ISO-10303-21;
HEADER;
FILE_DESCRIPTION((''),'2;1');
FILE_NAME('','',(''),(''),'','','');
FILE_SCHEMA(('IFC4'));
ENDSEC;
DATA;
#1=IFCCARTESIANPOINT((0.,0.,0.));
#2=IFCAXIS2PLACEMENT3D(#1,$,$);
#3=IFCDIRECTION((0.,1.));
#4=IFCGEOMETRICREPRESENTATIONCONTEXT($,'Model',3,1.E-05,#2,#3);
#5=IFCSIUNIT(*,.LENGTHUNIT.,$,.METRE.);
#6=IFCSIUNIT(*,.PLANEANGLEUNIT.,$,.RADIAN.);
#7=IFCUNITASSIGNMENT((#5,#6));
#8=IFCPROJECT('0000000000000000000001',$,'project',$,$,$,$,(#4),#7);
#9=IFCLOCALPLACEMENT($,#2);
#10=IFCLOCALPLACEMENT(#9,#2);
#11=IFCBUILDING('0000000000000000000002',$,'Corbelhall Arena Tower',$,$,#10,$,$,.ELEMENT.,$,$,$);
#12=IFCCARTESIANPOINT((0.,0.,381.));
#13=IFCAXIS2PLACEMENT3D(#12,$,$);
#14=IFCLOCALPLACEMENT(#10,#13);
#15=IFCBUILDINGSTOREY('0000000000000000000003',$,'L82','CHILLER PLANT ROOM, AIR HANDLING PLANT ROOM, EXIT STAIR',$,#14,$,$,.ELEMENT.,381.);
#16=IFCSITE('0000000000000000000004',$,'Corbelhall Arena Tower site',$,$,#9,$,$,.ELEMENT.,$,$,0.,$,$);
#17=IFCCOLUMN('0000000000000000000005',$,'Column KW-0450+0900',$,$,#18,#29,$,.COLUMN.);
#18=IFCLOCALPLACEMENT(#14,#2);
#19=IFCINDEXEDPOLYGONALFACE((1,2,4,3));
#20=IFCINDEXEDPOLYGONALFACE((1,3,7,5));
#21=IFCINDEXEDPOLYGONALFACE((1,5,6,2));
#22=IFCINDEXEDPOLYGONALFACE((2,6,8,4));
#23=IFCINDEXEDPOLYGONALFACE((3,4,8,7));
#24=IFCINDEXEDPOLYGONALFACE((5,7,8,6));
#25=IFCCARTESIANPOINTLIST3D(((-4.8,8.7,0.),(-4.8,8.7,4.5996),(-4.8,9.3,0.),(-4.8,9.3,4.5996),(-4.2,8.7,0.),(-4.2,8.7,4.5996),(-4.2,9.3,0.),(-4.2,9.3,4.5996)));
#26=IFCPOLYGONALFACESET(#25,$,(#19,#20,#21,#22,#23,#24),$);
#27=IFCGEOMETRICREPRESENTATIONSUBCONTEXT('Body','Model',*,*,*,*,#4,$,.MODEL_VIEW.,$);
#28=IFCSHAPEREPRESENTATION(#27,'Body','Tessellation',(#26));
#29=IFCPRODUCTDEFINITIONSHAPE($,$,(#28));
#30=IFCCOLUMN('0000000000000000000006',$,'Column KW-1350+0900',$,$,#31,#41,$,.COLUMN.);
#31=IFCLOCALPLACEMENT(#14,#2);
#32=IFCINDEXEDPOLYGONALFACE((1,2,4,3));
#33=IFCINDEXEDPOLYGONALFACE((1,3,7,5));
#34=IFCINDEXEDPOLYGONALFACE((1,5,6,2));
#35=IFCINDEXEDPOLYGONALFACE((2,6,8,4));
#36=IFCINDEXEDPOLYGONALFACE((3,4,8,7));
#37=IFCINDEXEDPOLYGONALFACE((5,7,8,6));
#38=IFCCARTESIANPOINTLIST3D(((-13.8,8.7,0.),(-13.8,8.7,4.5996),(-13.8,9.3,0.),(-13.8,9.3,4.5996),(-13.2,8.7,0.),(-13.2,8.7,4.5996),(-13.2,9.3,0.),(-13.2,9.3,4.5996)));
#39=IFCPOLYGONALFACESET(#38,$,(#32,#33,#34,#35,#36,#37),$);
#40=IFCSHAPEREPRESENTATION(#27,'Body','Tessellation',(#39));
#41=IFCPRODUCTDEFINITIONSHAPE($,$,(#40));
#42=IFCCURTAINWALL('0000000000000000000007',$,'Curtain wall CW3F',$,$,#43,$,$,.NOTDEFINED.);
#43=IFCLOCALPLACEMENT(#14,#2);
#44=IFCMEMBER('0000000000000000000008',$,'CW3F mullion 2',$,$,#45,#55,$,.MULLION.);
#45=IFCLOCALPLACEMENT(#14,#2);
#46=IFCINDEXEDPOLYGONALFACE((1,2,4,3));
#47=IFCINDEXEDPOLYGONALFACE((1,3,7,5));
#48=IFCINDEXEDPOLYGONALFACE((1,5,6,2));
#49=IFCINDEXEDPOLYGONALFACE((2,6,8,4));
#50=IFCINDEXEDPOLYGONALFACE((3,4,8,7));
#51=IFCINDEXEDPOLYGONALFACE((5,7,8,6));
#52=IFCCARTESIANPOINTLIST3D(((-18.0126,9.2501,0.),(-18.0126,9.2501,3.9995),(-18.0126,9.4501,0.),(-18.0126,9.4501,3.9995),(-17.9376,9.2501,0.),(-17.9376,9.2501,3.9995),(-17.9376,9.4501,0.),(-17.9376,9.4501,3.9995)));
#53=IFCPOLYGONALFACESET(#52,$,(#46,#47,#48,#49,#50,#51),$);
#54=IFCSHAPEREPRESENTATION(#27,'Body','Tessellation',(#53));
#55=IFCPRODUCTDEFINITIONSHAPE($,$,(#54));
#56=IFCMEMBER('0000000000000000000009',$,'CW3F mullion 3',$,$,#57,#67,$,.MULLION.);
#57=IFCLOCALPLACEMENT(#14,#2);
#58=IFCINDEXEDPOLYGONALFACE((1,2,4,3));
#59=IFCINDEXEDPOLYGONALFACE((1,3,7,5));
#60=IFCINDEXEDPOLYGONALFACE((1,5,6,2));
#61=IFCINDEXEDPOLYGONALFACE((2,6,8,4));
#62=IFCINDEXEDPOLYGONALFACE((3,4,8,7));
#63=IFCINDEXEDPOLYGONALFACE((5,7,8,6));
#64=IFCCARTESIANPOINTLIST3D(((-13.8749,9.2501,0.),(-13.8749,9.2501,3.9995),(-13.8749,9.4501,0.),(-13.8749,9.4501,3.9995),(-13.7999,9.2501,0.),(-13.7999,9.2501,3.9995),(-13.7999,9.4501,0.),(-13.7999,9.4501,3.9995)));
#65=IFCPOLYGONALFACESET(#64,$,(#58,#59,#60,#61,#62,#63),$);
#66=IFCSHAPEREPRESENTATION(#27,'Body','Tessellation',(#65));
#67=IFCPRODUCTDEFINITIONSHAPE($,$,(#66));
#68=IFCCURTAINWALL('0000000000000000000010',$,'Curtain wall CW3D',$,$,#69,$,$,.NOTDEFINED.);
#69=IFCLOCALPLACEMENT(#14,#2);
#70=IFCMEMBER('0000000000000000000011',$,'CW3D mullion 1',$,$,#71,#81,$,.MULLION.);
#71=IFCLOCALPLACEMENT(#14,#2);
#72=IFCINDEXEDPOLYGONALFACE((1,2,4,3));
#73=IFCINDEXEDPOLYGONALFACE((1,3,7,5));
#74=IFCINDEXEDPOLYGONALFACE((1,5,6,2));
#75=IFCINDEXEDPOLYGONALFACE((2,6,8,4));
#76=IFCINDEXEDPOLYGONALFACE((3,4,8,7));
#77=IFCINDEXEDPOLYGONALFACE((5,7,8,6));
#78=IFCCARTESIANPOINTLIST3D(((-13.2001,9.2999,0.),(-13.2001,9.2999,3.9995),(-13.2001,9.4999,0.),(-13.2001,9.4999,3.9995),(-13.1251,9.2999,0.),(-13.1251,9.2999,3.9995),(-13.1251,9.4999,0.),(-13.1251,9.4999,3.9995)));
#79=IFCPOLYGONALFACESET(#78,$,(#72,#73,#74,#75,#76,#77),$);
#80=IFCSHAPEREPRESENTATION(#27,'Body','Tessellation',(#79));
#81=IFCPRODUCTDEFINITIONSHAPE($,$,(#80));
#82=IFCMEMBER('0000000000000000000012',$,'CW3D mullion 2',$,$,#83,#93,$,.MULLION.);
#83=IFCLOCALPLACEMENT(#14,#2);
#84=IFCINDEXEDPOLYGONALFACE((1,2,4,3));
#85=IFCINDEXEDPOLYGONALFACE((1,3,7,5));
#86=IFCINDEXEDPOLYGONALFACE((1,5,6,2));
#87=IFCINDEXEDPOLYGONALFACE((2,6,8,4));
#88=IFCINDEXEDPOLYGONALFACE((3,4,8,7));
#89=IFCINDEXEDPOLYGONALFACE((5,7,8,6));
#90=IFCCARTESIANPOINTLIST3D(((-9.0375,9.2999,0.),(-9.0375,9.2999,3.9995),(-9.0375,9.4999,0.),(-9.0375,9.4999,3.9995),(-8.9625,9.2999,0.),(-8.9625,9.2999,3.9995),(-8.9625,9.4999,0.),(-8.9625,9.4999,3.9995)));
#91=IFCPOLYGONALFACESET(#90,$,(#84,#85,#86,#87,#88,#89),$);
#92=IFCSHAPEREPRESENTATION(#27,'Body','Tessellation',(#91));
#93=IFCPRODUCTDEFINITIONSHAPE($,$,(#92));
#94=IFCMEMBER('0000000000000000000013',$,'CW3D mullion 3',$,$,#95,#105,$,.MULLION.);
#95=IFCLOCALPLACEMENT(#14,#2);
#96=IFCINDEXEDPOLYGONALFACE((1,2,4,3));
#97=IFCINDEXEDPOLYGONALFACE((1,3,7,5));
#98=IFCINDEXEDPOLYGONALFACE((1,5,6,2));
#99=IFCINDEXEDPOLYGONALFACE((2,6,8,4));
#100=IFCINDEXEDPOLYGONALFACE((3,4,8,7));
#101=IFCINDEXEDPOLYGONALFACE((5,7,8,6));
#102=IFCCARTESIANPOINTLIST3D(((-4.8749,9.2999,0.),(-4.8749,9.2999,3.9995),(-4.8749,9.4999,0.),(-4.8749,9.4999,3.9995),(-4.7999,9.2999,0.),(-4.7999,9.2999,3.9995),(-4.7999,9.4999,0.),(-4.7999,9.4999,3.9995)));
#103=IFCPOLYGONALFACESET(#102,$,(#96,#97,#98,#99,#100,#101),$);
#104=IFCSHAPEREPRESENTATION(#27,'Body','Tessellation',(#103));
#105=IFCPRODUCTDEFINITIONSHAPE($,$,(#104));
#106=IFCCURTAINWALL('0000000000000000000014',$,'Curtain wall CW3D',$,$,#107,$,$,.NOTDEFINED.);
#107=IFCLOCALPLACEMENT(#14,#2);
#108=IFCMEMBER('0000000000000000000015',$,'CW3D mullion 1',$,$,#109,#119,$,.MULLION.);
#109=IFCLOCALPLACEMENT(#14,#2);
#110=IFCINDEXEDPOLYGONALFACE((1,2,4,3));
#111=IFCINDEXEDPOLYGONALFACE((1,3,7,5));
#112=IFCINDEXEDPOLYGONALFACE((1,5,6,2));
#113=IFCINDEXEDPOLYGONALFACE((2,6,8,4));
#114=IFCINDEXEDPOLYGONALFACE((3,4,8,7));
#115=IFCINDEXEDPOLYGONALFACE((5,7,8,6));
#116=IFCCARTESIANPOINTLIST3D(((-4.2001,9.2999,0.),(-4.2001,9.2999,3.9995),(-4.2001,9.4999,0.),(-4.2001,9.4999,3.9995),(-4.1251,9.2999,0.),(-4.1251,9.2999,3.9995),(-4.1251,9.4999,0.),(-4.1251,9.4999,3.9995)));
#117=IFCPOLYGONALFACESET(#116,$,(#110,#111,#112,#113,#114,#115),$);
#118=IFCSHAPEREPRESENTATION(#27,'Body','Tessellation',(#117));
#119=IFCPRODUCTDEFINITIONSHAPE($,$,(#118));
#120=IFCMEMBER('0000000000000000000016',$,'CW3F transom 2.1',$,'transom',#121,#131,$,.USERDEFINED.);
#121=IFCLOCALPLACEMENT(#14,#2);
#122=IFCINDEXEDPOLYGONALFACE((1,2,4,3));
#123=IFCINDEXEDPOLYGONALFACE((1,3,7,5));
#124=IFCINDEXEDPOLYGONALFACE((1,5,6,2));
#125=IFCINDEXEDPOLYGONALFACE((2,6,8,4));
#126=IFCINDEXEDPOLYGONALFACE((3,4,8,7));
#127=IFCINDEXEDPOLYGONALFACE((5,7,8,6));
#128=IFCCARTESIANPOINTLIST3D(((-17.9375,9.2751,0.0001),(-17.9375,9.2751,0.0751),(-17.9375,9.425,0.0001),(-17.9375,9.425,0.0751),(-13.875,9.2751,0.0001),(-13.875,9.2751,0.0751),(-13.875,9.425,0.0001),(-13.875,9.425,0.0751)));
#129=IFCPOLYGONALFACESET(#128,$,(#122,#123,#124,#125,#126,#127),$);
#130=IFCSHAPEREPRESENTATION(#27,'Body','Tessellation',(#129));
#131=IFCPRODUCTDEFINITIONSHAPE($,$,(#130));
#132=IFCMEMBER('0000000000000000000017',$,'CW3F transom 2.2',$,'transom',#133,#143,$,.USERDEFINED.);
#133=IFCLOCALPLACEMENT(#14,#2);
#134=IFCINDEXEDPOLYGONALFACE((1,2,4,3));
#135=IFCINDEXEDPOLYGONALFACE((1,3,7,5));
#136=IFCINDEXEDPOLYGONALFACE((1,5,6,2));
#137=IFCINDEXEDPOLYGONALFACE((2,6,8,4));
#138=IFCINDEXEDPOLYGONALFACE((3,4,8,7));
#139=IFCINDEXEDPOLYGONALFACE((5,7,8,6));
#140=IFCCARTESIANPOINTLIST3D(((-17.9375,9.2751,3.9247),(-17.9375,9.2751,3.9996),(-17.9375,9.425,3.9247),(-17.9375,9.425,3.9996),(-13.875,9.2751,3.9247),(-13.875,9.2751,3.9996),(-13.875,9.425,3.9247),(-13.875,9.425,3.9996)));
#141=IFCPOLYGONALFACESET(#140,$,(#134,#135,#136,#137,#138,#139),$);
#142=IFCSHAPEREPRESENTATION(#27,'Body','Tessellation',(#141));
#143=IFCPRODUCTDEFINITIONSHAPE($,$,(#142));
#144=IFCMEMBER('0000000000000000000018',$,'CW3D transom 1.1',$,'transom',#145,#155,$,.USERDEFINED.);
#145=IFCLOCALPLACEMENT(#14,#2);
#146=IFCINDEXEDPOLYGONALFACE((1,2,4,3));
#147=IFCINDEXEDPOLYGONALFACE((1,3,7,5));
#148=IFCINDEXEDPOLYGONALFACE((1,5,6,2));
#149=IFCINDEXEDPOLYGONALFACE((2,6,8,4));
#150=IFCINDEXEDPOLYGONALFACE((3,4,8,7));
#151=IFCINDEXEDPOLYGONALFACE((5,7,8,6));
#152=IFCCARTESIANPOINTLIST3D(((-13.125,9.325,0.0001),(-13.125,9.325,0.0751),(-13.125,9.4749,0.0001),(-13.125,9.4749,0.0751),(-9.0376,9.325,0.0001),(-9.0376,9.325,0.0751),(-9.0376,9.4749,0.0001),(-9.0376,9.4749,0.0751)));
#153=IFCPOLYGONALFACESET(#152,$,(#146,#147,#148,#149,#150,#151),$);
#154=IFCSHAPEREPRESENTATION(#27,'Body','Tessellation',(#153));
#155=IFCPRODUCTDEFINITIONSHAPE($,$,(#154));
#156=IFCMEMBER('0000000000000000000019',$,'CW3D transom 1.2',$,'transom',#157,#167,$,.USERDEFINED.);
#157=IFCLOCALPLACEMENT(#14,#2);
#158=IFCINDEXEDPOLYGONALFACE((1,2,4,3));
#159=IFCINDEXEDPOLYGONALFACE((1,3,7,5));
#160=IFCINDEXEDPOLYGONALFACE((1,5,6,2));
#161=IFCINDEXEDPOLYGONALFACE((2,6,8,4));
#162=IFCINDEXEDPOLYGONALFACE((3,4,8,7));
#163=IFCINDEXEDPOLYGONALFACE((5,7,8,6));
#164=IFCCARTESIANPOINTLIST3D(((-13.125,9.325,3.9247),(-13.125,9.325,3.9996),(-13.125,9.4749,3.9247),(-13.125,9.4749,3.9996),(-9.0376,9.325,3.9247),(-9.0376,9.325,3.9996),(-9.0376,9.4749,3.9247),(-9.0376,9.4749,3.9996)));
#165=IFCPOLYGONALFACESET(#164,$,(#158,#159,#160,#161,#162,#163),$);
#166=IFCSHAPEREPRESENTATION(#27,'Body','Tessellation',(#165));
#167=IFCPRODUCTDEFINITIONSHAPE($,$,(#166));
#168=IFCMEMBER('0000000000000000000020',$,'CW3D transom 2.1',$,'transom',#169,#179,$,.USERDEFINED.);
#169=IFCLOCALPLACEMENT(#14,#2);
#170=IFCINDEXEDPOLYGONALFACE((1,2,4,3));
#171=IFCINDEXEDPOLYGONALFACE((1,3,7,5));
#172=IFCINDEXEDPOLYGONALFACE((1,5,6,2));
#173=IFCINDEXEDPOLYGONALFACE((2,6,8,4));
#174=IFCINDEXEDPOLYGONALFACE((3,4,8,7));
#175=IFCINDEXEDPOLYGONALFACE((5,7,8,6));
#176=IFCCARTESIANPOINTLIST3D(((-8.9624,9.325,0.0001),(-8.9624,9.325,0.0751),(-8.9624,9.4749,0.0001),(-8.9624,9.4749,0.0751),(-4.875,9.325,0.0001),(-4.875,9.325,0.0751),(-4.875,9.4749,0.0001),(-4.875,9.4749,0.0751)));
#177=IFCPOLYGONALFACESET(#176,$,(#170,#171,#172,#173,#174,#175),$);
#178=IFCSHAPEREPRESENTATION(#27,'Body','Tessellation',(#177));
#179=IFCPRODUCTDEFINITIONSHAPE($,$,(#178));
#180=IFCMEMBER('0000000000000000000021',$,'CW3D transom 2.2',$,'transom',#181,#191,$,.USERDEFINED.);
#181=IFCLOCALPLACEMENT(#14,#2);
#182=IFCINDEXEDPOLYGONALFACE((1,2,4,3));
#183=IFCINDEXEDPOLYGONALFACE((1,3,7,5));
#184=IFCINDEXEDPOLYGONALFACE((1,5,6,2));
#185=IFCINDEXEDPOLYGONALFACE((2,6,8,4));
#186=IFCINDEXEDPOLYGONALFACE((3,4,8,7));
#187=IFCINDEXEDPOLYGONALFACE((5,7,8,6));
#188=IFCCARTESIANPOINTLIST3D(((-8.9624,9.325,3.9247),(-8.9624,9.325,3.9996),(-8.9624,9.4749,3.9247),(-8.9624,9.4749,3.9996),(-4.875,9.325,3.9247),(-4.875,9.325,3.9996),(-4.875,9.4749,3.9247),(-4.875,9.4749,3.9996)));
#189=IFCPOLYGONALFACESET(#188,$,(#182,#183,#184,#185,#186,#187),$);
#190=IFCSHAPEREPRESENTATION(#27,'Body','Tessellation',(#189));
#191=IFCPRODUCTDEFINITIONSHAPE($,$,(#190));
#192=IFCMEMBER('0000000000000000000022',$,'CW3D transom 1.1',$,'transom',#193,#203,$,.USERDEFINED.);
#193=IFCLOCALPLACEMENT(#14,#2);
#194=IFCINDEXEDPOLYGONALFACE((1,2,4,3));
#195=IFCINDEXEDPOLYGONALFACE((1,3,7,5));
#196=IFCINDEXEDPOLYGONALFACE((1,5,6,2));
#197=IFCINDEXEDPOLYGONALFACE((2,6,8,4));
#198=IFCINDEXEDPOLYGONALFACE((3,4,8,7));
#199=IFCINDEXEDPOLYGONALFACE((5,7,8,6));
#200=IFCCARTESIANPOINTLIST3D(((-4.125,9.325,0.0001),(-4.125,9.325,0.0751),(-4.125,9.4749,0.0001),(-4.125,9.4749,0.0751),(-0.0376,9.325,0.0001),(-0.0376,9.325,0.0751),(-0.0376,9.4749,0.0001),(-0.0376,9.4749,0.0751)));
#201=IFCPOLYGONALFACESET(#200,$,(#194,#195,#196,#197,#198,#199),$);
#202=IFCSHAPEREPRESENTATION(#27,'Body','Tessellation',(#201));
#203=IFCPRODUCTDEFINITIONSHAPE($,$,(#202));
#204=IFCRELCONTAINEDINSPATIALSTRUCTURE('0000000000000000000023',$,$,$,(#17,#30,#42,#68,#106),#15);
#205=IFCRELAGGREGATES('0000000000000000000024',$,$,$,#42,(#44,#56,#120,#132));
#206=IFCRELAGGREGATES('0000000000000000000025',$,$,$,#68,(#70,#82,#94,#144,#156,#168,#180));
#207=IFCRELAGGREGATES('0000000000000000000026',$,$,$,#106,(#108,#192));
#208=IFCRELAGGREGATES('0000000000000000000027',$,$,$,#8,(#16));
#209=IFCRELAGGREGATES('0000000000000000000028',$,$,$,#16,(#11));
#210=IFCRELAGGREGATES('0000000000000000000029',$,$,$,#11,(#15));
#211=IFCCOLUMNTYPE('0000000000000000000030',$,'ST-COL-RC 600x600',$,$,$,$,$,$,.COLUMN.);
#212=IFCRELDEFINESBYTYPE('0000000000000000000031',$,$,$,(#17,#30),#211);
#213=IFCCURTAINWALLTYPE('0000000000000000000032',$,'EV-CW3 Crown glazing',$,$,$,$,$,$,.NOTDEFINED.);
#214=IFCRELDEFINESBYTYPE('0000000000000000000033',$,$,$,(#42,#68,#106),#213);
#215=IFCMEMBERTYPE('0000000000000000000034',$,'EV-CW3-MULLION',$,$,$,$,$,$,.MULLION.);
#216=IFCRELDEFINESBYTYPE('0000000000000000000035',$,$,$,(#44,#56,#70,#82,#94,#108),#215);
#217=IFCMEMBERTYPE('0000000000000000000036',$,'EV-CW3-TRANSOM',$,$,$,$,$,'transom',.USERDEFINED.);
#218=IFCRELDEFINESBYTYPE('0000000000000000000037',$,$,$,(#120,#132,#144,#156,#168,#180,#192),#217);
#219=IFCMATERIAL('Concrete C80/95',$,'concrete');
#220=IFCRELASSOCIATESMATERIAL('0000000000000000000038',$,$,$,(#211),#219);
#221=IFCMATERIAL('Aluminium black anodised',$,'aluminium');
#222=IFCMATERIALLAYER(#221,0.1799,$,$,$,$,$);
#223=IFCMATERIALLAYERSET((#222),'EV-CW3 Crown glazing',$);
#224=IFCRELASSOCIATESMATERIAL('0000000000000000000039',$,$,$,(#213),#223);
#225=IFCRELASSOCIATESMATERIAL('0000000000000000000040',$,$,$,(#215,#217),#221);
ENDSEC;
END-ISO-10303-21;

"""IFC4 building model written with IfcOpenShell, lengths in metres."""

from ifc_helpers import new_model, si_unit, direction, frame, origin, origin_2d, place, context, subcontext, project, spatial, rectangle, extrude, material, layer, layer_set, material_profile, profile_set, type_object, element, aggregate, save


model = new_model("IFC4")

# Units and contexts
model_context = context("Model", 3, precision=1e-05, world=origin(), true_north=direction((0.0, 1.0)))
body_context = subcontext(model_context, "Body", "Model", "MODEL_VIEW")
ifc_project = project(units=[si_unit("LENGTHUNIT", "METRE"), si_unit("PLANEANGLEUNIT", "RADIAN")], contexts=[model_context])

# Site, building, storey
site_placement = place(None, origin())
site = spatial("IfcSite", under=ifc_project, at=site_placement, Name="Corbelhall Arena Tower site", CompositionType="ELEMENT", RefElevation=0.0)
building_placement = place(site_placement, origin())
building = spatial("IfcBuilding", under=site, at=building_placement, Name="Corbelhall Arena Tower", CompositionType="ELEMENT")
storey_placement = place(building_placement, frame((0.0, 0.0, 381.0)))
storey = spatial("IfcBuildingStorey", under=building, at=storey_placement, Name="L82", Description="CHILLER PLANT ROOM, AIR HANDLING PLANT ROOM, EXIT STAIR", CompositionType="ELEMENT", Elevation=381.0)

# Columns
ifc_material_1 = material(Name="Concrete C80/95", Category="concrete")
ifc_material_profile_1 = material_profile(ifc_material_1, rectangle(XDim=0.6001, YDim=0.6001, at=origin_2d()))
ifc_profile_set_1 = profile_set([ifc_material_profile_1], Name="Concrete C80/95")
column_type = type_object("IfcColumnType", Name="ST-COL-RC 600x600", PredefinedType="COLUMN", material=ifc_profile_set_1)
for number, where, z_axis, x_axis, name in (
    (1, (-4.5, 9.0, 0.0), (0.0, 0.0, 1.0), (1.0, 0.0, 0.0), "Column KW-0450+0900"),
    (2, (-13.5, 9.0, 0.0), (0.0, 0.0, 1.0), (1.0, 0.0, 0.0), "Column KW-1350+0900"),
):
    element("IfcColumn", number, at=place(storey_placement, frame(where, z_axis=z_axis, x_axis=x_axis)), inside=storey, type_object=column_type, Name=name, PredefinedType="COLUMN", context=body_context, shape_type="SweptSolid", body=[
        extrude(rectangle(XDim=0.6001, YDim=0.6001, at=origin_2d()), origin(), (0.0, 0.0, 1.0), 4.5996),
    ])

# Curtain walls, members
ifc_material_2 = material(Name="Aluminium black anodised", Category="aluminium")
ifc_layer_1 = layer(ifc_material_2, 0.1799)
ifc_layer_set_1 = layer_set([ifc_layer_1], Name="EV-CW3 Crown glazing")
curtain_wall_type = type_object("IfcCurtainWallType", Name="EV-CW3 Crown glazing", PredefinedType="NOTDEFINED", material=ifc_layer_set_1)
curtain_wall_1_placement = place(storey_placement, origin())
curtain_wall_1 = element("IfcCurtainWall", 3, at=curtain_wall_1_placement, inside=storey, type_object=curtain_wall_type, Name="Curtain wall CW3F", PredefinedType="NOTDEFINED")
ifc_material_profile_2 = material_profile(ifc_material_2, rectangle(XDim=0.2, YDim=0.075, at=origin_2d()))
ifc_profile_set_2 = profile_set([ifc_material_profile_2], Name="Aluminium black anodised")
member_type_1 = type_object("IfcMemberType", Name="EV-CW3-MULLION", PredefinedType="MULLION", material=ifc_profile_set_2)
member_1_placement = place(storey_placement, frame((-17.9751, 9.3501, 0.0), z_axis=(0.0, 0.0, 1.0), x_axis=(0.0, 1.0, 0.0)))
member_1 = element("IfcMember", 4, at=member_1_placement, type_object=member_type_1, Name="CW3F mullion 2", PredefinedType="MULLION", context=body_context, shape_type="SweptSolid", body=[
    extrude(rectangle(XDim=0.2, YDim=0.075, at=origin_2d()), origin(), (0.0, 0.0, 1.0), 3.9995),
])
member_2_placement = place(storey_placement, frame((-13.8374, 9.3501, 0.0), z_axis=(0.0, 0.0, 1.0), x_axis=(0.0, 1.0, 0.0)))
member_2 = element("IfcMember", 5, at=member_2_placement, type_object=member_type_1, Name="CW3F mullion 3", PredefinedType="MULLION", context=body_context, shape_type="SweptSolid", body=[
    extrude(rectangle(XDim=0.2, YDim=0.075, at=origin_2d()), origin(), (0.0, 0.0, 1.0), 3.9995),
])
curtain_wall_2_placement = place(storey_placement, origin())
curtain_wall_2 = element("IfcCurtainWall", 6, at=curtain_wall_2_placement, inside=storey, type_object=curtain_wall_type, Name="Curtain wall CW3D", PredefinedType="NOTDEFINED")
member_3_placement = place(storey_placement, frame((-13.1626, 9.3999, 0.0), z_axis=(0.0, 0.0, 1.0), x_axis=(0.0, 1.0, 0.0)))
member_3 = element("IfcMember", 7, at=member_3_placement, type_object=member_type_1, Name="CW3D mullion 1", PredefinedType="MULLION", context=body_context, shape_type="SweptSolid", body=[
    extrude(rectangle(XDim=0.2, YDim=0.075, at=origin_2d()), origin(), (0.0, 0.0, 1.0), 3.9995),
])
member_4_placement = place(storey_placement, frame((-9.0, 9.3999, 0.0), z_axis=(0.0, 0.0, 1.0), x_axis=(0.0, 1.0, 0.0)))
member_4 = element("IfcMember", 8, at=member_4_placement, type_object=member_type_1, Name="CW3D mullion 2", PredefinedType="MULLION", context=body_context, shape_type="SweptSolid", body=[
    extrude(rectangle(XDim=0.2, YDim=0.075, at=origin_2d()), origin(), (0.0, 0.0, 1.0), 3.9995),
])
member_5_placement = place(storey_placement, frame((-4.8374, 9.3999, 0.0), z_axis=(0.0, 0.0, 1.0), x_axis=(0.0, 1.0, 0.0)))
member_5 = element("IfcMember", 9, at=member_5_placement, type_object=member_type_1, Name="CW3D mullion 3", PredefinedType="MULLION", context=body_context, shape_type="SweptSolid", body=[
    extrude(rectangle(XDim=0.2, YDim=0.075, at=origin_2d()), origin(), (0.0, 0.0, 1.0), 3.9995),
])

# Curtain wall, member
curtain_wall_3_placement = place(storey_placement, origin())
curtain_wall_3 = element("IfcCurtainWall", 10, at=curtain_wall_3_placement, inside=storey, type_object=curtain_wall_type, Name="Curtain wall CW3D", PredefinedType="NOTDEFINED")
member_6_placement = place(storey_placement, frame((-4.1626, 9.3999, 0.0), z_axis=(0.0, 0.0, 1.0), x_axis=(0.0, 1.0, 0.0)))
member_6 = element("IfcMember", 11, at=member_6_placement, type_object=member_type_1, Name="CW3D mullion 1", PredefinedType="MULLION", context=body_context, shape_type="SweptSolid", body=[
    extrude(rectangle(XDim=0.2, YDim=0.075, at=origin_2d()), origin(), (0.0, 0.0, 1.0), 3.9995),
])

# Members
ifc_material_profile_3 = material_profile(ifc_material_2, rectangle(XDim=0.1499, YDim=0.075, at=origin_2d()))
ifc_profile_set_3 = profile_set([ifc_material_profile_3], Name="Aluminium black anodised")
member_type_2 = type_object("IfcMemberType", Name="EV-CW3-TRANSOM", ElementType="transom", PredefinedType="USERDEFINED", material=ifc_profile_set_3)
member_7_placement = place(storey_placement, frame((-17.9375, 9.3501, 0.0376), z_axis=(1.0, 0.0, 0.0), x_axis=(0.0, 1.0, 0.0)))
member_7 = element("IfcMember", 12, at=member_7_placement, type_object=member_type_2, Name="CW3F transom 2.1", ObjectType="transom", PredefinedType="USERDEFINED", context=body_context, shape_type="SweptSolid", body=[
    extrude(rectangle(XDim=0.1499, YDim=0.075, at=origin_2d()), origin(), (0.0, 0.0, 1.0), 4.0625),
])
member_8_placement = place(storey_placement, frame((-17.9375, 9.3501, 3.9622), z_axis=(1.0, 0.0, 0.0), x_axis=(0.0, 1.0, 0.0)))
member_8 = element("IfcMember", 13, at=member_8_placement, type_object=member_type_2, Name="CW3F transom 2.2", ObjectType="transom", PredefinedType="USERDEFINED", context=body_context, shape_type="SweptSolid", body=[
    extrude(rectangle(XDim=0.1499, YDim=0.075, at=origin_2d()), origin(), (0.0, 0.0, 1.0), 4.0625),
])
member_9_placement = place(storey_placement, frame((-13.125, 9.3999, 0.0376), z_axis=(1.0, 0.0, 0.0), x_axis=(0.0, 1.0, 0.0)))
member_9 = element("IfcMember", 14, at=member_9_placement, type_object=member_type_2, Name="CW3D transom 1.1", ObjectType="transom", PredefinedType="USERDEFINED", context=body_context, shape_type="SweptSolid", body=[
    extrude(rectangle(XDim=0.1499, YDim=0.075, at=origin_2d()), origin(), (0.0, 0.0, 1.0), 4.0874),
])
member_10_placement = place(storey_placement, frame((-13.125, 9.3999, 3.9622), z_axis=(1.0, 0.0, 0.0), x_axis=(0.0, 1.0, 0.0)))
member_10 = element("IfcMember", 15, at=member_10_placement, type_object=member_type_2, Name="CW3D transom 1.2", ObjectType="transom", PredefinedType="USERDEFINED", context=body_context, shape_type="SweptSolid", body=[
    extrude(rectangle(XDim=0.1499, YDim=0.075, at=origin_2d()), origin(), (0.0, 0.0, 1.0), 4.0874),
])
member_11_placement = place(storey_placement, frame((-8.9624, 9.3999, 0.0376), z_axis=(1.0, 0.0, 0.0), x_axis=(0.0, 1.0, 0.0)))
member_11 = element("IfcMember", 16, at=member_11_placement, type_object=member_type_2, Name="CW3D transom 2.1", ObjectType="transom", PredefinedType="USERDEFINED", context=body_context, shape_type="SweptSolid", body=[
    extrude(rectangle(XDim=0.1499, YDim=0.075, at=origin_2d()), origin(), (0.0, 0.0, 1.0), 4.0874),
])
member_12_placement = place(storey_placement, frame((-8.9624, 9.3999, 3.9622), z_axis=(1.0, 0.0, 0.0), x_axis=(0.0, 1.0, 0.0)))
member_12 = element("IfcMember", 17, at=member_12_placement, type_object=member_type_2, Name="CW3D transom 2.2", ObjectType="transom", PredefinedType="USERDEFINED", context=body_context, shape_type="SweptSolid", body=[
    extrude(rectangle(XDim=0.1499, YDim=0.075, at=origin_2d()), origin(), (0.0, 0.0, 1.0), 4.0874),
])
member_13_placement = place(storey_placement, frame((-4.125, 9.3999, 0.0376), z_axis=(1.0, 0.0, 0.0), x_axis=(0.0, 1.0, 0.0)))
member_13 = element("IfcMember", 18, at=member_13_placement, type_object=member_type_2, Name="CW3D transom 1.1", ObjectType="transom", PredefinedType="USERDEFINED", context=body_context, shape_type="SweptSolid", body=[
    extrude(rectangle(XDim=0.1499, YDim=0.075, at=origin_2d()), origin(), (0.0, 0.0, 1.0), 4.0874),
])

aggregate(curtain_wall_1, [member_1, member_2, member_7, member_8])
aggregate(curtain_wall_2, [member_3, member_4, member_5, member_9, member_10, member_11, member_12])
aggregate(curtain_wall_3, [member_6, member_13])

save(model, "model.ifc")
